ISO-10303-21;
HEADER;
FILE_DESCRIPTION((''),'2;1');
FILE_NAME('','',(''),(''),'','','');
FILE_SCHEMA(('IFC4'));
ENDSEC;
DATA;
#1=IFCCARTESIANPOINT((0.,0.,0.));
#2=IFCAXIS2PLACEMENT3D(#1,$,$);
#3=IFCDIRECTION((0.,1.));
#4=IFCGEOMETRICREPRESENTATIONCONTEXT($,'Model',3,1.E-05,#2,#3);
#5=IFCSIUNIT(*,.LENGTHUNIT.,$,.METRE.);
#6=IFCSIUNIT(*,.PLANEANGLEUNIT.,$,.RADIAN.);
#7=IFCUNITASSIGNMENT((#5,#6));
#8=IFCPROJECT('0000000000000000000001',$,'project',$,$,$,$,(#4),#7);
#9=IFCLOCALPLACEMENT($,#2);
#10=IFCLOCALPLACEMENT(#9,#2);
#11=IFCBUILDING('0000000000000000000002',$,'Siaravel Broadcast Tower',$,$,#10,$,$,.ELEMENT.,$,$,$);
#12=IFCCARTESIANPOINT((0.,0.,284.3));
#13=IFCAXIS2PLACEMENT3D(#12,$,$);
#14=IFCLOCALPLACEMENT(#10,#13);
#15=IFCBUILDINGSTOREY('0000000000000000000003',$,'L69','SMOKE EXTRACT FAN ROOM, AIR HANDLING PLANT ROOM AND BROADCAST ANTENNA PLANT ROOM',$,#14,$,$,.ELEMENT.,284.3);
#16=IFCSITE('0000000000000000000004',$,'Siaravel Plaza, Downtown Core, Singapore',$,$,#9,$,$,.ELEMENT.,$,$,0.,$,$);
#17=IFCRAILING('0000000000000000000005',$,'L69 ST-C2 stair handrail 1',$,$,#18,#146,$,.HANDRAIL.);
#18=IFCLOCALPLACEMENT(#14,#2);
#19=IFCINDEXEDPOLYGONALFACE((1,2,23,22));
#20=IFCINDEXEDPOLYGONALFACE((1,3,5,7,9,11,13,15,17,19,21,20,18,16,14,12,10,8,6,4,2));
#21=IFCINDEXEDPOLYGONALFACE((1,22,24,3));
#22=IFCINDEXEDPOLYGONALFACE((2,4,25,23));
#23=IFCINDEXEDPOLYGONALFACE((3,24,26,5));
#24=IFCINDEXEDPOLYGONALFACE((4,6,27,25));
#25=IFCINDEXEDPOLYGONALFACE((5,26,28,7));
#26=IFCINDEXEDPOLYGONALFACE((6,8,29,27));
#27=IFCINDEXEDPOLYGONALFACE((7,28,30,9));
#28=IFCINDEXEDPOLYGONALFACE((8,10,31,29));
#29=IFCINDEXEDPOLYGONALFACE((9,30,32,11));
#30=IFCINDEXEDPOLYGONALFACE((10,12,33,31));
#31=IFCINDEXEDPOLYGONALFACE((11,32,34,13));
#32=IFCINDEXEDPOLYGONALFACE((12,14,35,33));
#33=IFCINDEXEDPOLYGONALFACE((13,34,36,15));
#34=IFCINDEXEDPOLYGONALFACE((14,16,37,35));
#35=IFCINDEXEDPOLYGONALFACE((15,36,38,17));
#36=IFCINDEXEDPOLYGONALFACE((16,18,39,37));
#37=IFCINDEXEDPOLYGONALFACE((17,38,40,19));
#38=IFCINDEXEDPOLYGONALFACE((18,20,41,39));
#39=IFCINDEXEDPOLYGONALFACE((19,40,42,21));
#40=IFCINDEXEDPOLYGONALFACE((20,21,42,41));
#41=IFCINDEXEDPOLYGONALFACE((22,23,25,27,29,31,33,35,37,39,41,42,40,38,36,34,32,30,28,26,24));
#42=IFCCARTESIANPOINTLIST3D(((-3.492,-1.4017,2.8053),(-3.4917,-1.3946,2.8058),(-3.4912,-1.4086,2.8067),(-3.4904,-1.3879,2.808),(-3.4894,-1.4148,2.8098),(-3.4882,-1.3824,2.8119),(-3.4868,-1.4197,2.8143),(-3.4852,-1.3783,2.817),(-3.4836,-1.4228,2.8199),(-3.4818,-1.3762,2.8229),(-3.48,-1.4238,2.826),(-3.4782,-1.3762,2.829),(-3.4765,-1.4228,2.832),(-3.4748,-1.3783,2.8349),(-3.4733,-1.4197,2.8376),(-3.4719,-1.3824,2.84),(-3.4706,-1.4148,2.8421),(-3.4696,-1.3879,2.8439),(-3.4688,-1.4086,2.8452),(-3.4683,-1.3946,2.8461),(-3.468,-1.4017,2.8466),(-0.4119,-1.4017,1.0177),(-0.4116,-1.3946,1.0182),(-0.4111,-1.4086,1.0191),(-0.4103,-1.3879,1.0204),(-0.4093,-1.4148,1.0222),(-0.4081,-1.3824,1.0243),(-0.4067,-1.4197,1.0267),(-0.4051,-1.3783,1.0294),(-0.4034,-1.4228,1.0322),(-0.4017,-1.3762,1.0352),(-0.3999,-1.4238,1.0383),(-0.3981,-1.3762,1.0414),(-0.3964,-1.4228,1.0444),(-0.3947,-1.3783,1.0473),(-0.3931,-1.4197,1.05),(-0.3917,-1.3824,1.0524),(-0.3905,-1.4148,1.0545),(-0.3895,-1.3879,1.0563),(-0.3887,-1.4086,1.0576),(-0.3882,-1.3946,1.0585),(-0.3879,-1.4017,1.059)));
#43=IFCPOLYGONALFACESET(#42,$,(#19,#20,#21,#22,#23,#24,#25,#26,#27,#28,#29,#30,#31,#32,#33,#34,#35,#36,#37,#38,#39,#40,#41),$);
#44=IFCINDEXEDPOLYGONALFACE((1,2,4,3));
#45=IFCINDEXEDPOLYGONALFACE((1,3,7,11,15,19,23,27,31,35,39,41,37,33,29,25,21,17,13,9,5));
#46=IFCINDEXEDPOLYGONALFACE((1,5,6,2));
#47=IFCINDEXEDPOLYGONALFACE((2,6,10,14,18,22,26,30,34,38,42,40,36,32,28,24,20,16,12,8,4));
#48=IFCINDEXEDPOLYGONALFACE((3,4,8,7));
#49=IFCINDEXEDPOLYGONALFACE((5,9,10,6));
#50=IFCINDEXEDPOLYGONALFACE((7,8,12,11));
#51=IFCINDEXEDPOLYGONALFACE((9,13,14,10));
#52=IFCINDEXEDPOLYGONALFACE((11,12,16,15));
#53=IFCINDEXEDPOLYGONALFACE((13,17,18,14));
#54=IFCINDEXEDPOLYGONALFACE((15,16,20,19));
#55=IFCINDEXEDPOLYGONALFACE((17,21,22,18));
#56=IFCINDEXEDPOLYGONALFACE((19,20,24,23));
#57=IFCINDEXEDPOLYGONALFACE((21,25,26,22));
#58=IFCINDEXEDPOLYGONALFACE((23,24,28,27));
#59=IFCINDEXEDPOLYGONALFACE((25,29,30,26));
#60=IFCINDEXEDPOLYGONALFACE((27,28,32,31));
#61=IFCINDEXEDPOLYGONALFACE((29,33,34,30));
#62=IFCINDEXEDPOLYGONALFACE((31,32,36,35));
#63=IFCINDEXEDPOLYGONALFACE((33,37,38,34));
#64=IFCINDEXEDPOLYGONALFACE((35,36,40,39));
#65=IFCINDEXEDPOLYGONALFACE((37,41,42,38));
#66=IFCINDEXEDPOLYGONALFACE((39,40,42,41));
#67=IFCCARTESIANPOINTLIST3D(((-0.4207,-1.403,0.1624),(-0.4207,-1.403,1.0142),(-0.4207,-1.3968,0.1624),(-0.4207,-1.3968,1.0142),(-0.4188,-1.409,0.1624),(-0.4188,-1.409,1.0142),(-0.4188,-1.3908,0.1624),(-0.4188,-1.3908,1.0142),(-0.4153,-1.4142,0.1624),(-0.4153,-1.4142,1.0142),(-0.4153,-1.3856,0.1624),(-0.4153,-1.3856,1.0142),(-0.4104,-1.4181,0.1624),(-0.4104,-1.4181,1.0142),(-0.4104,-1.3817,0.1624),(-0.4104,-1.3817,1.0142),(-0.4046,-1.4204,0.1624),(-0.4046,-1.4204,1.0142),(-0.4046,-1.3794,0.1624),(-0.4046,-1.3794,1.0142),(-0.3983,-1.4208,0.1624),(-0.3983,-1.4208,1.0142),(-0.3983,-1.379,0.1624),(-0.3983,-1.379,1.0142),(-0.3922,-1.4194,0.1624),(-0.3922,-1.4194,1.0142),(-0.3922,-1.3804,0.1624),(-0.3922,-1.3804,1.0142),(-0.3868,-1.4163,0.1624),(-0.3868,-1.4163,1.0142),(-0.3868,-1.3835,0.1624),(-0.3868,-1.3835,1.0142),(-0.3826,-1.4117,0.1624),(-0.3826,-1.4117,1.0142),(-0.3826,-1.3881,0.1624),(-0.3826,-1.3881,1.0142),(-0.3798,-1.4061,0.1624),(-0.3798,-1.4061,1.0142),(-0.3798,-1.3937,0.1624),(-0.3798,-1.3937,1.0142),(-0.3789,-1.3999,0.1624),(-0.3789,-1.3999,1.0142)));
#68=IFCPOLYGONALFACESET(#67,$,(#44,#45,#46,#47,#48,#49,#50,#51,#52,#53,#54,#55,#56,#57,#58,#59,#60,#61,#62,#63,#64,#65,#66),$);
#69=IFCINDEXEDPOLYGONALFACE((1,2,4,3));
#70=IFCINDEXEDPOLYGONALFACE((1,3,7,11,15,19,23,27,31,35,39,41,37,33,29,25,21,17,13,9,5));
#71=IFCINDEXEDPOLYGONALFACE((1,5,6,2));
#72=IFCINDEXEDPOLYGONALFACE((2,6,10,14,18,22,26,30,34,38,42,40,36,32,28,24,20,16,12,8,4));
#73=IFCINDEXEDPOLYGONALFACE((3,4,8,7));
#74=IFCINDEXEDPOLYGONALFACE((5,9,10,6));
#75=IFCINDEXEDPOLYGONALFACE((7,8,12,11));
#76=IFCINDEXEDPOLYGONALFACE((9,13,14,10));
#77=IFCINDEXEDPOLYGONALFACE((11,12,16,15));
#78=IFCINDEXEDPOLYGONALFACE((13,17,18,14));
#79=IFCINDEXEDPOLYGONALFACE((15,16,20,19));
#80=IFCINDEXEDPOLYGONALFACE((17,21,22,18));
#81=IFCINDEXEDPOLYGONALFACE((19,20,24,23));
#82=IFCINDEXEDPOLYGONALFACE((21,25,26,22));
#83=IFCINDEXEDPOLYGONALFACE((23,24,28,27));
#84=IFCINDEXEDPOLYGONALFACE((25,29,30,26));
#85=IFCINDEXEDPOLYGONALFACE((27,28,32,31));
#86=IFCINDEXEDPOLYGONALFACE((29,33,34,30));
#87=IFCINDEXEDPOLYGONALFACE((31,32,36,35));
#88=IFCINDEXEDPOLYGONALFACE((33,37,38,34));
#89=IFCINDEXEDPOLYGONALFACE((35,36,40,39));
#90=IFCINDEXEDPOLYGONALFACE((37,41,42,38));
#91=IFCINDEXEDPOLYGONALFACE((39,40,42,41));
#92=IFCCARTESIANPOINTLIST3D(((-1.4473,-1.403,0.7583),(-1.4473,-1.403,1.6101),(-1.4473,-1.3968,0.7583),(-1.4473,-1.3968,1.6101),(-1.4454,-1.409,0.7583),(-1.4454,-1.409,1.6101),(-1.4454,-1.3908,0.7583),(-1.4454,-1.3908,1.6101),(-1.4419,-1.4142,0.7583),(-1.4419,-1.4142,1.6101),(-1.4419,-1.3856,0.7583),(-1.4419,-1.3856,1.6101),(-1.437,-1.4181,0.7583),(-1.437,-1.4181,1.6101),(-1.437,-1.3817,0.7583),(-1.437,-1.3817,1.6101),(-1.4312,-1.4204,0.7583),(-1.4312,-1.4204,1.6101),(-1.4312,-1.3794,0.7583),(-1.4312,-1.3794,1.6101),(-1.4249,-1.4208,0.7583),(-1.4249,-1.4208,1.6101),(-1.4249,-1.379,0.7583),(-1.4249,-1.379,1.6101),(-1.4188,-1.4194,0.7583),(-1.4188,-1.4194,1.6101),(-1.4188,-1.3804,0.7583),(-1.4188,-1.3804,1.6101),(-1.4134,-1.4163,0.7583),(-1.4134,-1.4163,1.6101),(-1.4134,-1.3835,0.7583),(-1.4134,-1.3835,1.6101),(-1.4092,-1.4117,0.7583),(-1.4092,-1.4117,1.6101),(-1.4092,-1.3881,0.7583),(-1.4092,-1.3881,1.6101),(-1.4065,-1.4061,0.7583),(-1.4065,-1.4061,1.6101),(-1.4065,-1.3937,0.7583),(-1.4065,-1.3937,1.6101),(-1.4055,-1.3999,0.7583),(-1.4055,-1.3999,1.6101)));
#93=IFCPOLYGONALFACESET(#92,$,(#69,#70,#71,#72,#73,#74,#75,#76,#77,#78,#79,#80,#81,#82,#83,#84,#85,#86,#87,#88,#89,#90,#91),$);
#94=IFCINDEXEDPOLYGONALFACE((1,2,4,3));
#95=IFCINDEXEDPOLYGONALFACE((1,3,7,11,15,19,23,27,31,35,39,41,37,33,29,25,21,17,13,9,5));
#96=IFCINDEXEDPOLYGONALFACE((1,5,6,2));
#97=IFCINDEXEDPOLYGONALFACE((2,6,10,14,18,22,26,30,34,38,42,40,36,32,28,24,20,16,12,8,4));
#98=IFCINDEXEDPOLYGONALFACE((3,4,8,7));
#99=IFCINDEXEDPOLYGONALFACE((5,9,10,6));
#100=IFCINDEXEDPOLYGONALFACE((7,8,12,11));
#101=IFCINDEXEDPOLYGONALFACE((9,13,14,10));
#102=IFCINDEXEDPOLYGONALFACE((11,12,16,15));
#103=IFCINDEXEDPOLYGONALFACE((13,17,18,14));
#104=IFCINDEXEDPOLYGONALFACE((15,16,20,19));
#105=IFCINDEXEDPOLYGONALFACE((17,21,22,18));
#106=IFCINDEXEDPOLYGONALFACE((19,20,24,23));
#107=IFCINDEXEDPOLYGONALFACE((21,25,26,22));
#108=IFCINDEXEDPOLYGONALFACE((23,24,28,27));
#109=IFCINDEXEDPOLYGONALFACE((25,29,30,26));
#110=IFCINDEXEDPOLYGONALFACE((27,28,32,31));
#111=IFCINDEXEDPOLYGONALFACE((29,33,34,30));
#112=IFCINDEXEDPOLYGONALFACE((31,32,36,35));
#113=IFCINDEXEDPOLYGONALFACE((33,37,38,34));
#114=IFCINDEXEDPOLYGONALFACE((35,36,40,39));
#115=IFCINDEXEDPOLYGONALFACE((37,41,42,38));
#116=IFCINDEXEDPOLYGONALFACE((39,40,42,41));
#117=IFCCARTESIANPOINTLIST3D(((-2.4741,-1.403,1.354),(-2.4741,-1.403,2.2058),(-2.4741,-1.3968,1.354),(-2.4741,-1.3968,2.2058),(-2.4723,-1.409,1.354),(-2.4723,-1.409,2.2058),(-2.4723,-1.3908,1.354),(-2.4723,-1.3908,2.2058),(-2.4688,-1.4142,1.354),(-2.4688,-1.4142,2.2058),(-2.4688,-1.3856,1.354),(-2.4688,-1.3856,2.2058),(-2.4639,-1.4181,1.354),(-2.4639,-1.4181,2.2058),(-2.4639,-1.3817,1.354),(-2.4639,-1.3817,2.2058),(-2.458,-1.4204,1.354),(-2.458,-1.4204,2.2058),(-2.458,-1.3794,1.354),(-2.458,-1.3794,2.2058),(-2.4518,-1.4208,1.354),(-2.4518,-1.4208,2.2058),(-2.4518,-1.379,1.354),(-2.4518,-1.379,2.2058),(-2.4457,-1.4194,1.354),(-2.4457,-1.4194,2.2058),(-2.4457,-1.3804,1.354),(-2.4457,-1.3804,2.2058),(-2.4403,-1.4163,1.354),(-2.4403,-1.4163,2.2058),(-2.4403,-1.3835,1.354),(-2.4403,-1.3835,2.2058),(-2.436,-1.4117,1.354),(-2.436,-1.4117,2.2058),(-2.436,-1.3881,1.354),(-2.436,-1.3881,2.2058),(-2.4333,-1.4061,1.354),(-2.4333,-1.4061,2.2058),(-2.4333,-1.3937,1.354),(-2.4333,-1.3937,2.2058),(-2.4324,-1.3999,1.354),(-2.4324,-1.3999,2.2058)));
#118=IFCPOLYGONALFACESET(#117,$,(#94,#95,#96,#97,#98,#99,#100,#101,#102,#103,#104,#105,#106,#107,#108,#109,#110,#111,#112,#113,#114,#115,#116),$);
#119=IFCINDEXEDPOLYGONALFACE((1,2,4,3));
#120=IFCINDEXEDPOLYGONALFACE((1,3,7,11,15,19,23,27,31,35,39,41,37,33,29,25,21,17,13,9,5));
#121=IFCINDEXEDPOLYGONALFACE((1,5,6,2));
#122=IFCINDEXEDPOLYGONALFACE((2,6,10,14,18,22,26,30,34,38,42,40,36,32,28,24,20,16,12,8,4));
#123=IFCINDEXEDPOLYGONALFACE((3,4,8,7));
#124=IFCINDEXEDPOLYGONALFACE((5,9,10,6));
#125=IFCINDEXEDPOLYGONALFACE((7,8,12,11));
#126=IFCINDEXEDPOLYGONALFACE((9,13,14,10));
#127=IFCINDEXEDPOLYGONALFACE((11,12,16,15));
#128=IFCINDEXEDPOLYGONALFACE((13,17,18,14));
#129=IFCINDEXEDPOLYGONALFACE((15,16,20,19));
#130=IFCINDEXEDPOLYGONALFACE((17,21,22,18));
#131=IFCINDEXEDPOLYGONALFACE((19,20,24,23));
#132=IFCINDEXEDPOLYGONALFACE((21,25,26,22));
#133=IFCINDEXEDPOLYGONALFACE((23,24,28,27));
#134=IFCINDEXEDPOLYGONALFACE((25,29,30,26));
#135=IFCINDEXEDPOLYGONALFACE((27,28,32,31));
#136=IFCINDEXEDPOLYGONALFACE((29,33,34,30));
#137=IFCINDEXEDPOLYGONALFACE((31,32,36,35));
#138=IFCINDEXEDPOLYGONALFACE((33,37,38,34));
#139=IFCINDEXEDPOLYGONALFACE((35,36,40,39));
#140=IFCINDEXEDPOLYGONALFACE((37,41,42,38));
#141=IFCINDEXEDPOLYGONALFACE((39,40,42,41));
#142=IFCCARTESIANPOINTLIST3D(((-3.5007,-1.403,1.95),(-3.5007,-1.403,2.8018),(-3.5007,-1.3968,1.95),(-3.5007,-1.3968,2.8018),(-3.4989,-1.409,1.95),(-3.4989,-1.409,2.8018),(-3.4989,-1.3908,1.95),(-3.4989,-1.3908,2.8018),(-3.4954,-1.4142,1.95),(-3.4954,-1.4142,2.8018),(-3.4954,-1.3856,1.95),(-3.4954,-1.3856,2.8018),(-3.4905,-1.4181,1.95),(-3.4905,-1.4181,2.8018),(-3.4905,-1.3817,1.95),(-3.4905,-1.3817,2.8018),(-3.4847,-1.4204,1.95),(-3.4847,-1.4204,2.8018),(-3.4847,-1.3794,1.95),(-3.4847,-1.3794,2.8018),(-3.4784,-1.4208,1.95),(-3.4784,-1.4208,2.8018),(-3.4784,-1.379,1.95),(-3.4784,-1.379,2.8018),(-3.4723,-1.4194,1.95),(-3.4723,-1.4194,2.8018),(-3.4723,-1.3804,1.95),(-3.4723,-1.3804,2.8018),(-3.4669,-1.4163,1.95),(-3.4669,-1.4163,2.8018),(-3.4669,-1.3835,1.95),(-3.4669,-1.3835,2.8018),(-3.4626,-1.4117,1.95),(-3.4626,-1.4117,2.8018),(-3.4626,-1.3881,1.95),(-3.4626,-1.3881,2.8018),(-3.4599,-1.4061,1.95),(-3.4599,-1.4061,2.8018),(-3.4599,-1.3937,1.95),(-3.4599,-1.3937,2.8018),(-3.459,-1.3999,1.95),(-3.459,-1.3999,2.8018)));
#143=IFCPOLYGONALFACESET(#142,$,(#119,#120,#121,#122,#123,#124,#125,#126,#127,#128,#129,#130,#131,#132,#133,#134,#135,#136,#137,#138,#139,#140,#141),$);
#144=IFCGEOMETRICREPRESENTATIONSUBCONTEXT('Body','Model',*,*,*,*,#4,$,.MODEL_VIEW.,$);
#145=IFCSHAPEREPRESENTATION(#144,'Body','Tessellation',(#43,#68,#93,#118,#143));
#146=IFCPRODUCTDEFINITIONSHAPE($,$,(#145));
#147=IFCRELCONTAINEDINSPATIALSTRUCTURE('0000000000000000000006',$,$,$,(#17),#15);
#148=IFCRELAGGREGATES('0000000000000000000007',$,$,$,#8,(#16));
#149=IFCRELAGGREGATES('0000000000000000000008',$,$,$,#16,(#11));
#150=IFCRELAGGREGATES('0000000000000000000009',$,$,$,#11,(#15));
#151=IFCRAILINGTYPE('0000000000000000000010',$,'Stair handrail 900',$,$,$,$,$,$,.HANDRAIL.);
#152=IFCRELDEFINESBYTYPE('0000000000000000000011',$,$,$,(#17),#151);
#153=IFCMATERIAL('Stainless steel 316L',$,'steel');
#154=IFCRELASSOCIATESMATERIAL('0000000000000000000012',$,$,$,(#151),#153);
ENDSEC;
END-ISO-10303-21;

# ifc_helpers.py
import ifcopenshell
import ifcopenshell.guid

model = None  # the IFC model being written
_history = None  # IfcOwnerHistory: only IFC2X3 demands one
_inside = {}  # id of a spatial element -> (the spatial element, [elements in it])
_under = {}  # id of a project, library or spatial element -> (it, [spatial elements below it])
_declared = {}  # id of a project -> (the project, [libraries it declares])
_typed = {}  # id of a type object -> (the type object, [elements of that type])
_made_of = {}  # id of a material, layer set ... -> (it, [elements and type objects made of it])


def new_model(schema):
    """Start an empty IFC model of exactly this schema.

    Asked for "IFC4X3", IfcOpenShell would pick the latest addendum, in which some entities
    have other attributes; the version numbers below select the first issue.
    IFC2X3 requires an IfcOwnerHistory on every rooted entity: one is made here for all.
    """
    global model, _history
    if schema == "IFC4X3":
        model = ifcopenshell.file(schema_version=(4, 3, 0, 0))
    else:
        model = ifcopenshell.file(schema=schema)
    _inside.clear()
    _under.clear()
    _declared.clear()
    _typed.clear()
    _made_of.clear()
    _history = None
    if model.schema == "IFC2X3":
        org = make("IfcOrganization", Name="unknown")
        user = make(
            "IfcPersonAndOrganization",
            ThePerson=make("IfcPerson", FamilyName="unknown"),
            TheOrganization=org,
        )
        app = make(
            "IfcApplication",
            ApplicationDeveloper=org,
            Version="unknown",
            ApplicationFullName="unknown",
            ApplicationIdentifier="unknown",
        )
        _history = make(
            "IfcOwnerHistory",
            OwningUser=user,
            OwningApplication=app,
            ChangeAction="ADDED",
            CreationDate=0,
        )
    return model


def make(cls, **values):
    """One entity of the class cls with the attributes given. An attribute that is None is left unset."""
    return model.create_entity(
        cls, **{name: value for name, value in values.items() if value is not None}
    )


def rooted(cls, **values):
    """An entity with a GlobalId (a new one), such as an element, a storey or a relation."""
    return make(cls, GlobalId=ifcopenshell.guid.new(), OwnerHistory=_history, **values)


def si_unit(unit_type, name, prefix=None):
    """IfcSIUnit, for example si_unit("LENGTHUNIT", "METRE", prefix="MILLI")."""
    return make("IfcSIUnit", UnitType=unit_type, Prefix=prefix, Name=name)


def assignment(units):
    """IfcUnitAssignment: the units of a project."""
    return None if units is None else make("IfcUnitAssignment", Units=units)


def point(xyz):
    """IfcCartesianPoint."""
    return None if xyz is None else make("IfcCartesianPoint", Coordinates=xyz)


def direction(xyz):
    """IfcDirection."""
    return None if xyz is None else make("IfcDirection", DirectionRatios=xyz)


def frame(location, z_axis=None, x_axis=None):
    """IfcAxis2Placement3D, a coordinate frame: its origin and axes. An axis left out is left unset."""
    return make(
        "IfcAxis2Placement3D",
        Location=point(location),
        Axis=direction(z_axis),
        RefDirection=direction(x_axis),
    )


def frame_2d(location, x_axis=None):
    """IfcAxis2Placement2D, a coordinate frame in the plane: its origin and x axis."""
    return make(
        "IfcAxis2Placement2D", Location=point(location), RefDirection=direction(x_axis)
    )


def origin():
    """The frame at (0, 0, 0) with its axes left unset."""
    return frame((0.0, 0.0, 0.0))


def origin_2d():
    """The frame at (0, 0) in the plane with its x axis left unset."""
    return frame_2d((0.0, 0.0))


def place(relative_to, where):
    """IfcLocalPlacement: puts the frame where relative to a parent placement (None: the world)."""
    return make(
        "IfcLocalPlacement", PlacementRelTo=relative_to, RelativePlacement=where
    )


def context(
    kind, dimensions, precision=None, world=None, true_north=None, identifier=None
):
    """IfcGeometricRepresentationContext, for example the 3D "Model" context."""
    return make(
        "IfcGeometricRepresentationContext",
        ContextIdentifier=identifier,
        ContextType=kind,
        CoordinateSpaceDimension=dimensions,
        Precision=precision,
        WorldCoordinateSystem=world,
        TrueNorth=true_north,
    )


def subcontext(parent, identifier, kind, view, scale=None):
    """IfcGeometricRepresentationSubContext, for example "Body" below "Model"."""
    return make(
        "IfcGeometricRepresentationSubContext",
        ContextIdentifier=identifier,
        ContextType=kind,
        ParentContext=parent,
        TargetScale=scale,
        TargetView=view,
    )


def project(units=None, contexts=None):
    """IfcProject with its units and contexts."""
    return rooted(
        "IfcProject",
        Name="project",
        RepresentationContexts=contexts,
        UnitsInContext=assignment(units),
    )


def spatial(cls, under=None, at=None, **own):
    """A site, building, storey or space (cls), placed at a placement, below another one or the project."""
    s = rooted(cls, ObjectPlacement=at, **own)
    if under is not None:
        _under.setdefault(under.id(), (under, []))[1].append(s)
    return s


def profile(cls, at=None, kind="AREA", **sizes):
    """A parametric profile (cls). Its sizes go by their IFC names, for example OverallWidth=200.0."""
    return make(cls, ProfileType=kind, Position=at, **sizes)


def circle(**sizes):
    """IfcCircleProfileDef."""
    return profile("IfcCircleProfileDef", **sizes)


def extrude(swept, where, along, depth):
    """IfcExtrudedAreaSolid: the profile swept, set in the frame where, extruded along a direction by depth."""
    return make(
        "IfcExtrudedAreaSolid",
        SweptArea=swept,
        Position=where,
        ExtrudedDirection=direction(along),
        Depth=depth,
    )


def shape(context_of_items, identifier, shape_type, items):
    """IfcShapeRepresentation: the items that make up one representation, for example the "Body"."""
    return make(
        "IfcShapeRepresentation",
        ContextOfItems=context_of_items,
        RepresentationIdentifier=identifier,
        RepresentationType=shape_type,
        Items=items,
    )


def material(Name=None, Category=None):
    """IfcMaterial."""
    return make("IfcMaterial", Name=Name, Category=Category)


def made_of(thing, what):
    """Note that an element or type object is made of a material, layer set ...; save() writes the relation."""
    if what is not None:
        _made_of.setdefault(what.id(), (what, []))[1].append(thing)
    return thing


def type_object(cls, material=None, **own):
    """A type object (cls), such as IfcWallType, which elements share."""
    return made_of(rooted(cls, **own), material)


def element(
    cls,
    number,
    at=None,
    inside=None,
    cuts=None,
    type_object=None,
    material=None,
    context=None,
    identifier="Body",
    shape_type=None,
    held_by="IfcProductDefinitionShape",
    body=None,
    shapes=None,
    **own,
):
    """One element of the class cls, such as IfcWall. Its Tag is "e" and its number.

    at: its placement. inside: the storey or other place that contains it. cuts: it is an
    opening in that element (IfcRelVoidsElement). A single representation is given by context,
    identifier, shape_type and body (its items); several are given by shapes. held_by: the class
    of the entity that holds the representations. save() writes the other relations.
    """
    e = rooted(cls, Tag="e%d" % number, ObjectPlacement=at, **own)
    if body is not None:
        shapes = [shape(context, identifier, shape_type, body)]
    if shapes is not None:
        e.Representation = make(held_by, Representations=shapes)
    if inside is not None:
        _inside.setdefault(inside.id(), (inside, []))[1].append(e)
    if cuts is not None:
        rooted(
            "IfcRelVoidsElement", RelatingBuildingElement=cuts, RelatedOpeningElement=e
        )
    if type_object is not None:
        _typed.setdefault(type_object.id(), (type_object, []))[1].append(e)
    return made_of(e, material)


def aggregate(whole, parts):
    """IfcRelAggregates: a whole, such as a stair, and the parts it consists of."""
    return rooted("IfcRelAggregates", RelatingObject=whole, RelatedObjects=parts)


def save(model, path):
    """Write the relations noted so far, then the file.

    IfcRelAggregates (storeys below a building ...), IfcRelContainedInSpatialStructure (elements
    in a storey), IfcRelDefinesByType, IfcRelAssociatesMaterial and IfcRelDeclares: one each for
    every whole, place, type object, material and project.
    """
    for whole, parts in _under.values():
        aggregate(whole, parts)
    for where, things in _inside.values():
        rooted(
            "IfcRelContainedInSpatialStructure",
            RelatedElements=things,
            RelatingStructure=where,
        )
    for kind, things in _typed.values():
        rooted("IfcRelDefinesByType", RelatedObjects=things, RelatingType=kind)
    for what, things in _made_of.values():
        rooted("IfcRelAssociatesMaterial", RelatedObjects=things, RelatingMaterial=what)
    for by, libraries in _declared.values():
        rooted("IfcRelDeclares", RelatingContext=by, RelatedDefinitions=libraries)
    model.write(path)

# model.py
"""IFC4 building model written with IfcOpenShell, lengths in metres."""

from ifc_helpers import new_model, si_unit, direction, frame, origin, origin_2d, place, context, subcontext, project, spatial, circle, extrude, material, type_object, element, save


model = new_model("IFC4")

# Units and contexts
model_context = context("Model", 3, precision=1e-05, world=origin(), true_north=direction((0.0, 1.0)))
body_context = subcontext(model_context, "Body", "Model", "MODEL_VIEW")
ifc_project = project(units=[si_unit("LENGTHUNIT", "METRE"), si_unit("PLANEANGLEUNIT", "RADIAN")], contexts=[model_context])

# Site, building, storey
site_placement = place(None, origin())
site = spatial("IfcSite", under=ifc_project, at=site_placement, Name="Siaravel Plaza, Downtown Core, Singapore", CompositionType="ELEMENT", RefElevation=0.0)
building_placement = place(site_placement, origin())
building = spatial("IfcBuilding", under=site, at=building_placement, Name="Siaravel Broadcast Tower", CompositionType="ELEMENT")
storey_placement = place(building_placement, frame((0.0, 0.0, 284.3)))
storey = spatial("IfcBuildingStorey", under=building, at=storey_placement, Name="L69", Description="SMOKE EXTRACT FAN ROOM, AIR HANDLING PLANT ROOM AND BROADCAST ANTENNA PLANT ROOM", CompositionType="ELEMENT", Elevation=284.3)

# Shared definitions
ifc_material_1 = material(Name="Stainless steel 316L", Category="steel")

# Railing
railing_type_1 = type_object("IfcRailingType", Name="Stair handrail 900", PredefinedType="HANDRAIL", material=ifc_material_1)
railing_1_placement = place(storey_placement, frame((-0.3999, -1.3999, 0.1624)))
element("IfcRailing", 1, at=railing_1_placement, inside=storey, type_object=railing_type_1, Name="L69 ST-C2 stair handrail 1", PredefinedType="HANDRAIL", context=body_context, shape_type="SweptSolid", body=[
    extrude(circle(Radius=0.0239, at=origin_2d()), frame((0.0, 0.0, 0.876), z_axis=(-0.864891, 0.0, 0.50196), x_axis=(0.0, -1.0, 0.0)), (0.0, 0.0, 1.0), 3.5613),
    extrude(circle(Radius=0.021, at=origin_2d()), origin(), (0.0, 0.0, 1.0), 0.8518),
    extrude(circle(Radius=0.021, at=origin_2d()), frame((-1.0266, 0.0, 0.5959)), (0.0, 0.0, 1.0), 0.8518),
    extrude(circle(Radius=0.021, at=origin_2d()), frame((-2.0535, 0.0, 1.1917)), (0.0, 0.0, 1.0), 0.8518),
    extrude(circle(Radius=0.021, at=origin_2d()), frame((-3.0801, 0.0, 1.7876)), (0.0, 0.0, 1.0), 0.8518),
])

save(model, "model.ifc")
